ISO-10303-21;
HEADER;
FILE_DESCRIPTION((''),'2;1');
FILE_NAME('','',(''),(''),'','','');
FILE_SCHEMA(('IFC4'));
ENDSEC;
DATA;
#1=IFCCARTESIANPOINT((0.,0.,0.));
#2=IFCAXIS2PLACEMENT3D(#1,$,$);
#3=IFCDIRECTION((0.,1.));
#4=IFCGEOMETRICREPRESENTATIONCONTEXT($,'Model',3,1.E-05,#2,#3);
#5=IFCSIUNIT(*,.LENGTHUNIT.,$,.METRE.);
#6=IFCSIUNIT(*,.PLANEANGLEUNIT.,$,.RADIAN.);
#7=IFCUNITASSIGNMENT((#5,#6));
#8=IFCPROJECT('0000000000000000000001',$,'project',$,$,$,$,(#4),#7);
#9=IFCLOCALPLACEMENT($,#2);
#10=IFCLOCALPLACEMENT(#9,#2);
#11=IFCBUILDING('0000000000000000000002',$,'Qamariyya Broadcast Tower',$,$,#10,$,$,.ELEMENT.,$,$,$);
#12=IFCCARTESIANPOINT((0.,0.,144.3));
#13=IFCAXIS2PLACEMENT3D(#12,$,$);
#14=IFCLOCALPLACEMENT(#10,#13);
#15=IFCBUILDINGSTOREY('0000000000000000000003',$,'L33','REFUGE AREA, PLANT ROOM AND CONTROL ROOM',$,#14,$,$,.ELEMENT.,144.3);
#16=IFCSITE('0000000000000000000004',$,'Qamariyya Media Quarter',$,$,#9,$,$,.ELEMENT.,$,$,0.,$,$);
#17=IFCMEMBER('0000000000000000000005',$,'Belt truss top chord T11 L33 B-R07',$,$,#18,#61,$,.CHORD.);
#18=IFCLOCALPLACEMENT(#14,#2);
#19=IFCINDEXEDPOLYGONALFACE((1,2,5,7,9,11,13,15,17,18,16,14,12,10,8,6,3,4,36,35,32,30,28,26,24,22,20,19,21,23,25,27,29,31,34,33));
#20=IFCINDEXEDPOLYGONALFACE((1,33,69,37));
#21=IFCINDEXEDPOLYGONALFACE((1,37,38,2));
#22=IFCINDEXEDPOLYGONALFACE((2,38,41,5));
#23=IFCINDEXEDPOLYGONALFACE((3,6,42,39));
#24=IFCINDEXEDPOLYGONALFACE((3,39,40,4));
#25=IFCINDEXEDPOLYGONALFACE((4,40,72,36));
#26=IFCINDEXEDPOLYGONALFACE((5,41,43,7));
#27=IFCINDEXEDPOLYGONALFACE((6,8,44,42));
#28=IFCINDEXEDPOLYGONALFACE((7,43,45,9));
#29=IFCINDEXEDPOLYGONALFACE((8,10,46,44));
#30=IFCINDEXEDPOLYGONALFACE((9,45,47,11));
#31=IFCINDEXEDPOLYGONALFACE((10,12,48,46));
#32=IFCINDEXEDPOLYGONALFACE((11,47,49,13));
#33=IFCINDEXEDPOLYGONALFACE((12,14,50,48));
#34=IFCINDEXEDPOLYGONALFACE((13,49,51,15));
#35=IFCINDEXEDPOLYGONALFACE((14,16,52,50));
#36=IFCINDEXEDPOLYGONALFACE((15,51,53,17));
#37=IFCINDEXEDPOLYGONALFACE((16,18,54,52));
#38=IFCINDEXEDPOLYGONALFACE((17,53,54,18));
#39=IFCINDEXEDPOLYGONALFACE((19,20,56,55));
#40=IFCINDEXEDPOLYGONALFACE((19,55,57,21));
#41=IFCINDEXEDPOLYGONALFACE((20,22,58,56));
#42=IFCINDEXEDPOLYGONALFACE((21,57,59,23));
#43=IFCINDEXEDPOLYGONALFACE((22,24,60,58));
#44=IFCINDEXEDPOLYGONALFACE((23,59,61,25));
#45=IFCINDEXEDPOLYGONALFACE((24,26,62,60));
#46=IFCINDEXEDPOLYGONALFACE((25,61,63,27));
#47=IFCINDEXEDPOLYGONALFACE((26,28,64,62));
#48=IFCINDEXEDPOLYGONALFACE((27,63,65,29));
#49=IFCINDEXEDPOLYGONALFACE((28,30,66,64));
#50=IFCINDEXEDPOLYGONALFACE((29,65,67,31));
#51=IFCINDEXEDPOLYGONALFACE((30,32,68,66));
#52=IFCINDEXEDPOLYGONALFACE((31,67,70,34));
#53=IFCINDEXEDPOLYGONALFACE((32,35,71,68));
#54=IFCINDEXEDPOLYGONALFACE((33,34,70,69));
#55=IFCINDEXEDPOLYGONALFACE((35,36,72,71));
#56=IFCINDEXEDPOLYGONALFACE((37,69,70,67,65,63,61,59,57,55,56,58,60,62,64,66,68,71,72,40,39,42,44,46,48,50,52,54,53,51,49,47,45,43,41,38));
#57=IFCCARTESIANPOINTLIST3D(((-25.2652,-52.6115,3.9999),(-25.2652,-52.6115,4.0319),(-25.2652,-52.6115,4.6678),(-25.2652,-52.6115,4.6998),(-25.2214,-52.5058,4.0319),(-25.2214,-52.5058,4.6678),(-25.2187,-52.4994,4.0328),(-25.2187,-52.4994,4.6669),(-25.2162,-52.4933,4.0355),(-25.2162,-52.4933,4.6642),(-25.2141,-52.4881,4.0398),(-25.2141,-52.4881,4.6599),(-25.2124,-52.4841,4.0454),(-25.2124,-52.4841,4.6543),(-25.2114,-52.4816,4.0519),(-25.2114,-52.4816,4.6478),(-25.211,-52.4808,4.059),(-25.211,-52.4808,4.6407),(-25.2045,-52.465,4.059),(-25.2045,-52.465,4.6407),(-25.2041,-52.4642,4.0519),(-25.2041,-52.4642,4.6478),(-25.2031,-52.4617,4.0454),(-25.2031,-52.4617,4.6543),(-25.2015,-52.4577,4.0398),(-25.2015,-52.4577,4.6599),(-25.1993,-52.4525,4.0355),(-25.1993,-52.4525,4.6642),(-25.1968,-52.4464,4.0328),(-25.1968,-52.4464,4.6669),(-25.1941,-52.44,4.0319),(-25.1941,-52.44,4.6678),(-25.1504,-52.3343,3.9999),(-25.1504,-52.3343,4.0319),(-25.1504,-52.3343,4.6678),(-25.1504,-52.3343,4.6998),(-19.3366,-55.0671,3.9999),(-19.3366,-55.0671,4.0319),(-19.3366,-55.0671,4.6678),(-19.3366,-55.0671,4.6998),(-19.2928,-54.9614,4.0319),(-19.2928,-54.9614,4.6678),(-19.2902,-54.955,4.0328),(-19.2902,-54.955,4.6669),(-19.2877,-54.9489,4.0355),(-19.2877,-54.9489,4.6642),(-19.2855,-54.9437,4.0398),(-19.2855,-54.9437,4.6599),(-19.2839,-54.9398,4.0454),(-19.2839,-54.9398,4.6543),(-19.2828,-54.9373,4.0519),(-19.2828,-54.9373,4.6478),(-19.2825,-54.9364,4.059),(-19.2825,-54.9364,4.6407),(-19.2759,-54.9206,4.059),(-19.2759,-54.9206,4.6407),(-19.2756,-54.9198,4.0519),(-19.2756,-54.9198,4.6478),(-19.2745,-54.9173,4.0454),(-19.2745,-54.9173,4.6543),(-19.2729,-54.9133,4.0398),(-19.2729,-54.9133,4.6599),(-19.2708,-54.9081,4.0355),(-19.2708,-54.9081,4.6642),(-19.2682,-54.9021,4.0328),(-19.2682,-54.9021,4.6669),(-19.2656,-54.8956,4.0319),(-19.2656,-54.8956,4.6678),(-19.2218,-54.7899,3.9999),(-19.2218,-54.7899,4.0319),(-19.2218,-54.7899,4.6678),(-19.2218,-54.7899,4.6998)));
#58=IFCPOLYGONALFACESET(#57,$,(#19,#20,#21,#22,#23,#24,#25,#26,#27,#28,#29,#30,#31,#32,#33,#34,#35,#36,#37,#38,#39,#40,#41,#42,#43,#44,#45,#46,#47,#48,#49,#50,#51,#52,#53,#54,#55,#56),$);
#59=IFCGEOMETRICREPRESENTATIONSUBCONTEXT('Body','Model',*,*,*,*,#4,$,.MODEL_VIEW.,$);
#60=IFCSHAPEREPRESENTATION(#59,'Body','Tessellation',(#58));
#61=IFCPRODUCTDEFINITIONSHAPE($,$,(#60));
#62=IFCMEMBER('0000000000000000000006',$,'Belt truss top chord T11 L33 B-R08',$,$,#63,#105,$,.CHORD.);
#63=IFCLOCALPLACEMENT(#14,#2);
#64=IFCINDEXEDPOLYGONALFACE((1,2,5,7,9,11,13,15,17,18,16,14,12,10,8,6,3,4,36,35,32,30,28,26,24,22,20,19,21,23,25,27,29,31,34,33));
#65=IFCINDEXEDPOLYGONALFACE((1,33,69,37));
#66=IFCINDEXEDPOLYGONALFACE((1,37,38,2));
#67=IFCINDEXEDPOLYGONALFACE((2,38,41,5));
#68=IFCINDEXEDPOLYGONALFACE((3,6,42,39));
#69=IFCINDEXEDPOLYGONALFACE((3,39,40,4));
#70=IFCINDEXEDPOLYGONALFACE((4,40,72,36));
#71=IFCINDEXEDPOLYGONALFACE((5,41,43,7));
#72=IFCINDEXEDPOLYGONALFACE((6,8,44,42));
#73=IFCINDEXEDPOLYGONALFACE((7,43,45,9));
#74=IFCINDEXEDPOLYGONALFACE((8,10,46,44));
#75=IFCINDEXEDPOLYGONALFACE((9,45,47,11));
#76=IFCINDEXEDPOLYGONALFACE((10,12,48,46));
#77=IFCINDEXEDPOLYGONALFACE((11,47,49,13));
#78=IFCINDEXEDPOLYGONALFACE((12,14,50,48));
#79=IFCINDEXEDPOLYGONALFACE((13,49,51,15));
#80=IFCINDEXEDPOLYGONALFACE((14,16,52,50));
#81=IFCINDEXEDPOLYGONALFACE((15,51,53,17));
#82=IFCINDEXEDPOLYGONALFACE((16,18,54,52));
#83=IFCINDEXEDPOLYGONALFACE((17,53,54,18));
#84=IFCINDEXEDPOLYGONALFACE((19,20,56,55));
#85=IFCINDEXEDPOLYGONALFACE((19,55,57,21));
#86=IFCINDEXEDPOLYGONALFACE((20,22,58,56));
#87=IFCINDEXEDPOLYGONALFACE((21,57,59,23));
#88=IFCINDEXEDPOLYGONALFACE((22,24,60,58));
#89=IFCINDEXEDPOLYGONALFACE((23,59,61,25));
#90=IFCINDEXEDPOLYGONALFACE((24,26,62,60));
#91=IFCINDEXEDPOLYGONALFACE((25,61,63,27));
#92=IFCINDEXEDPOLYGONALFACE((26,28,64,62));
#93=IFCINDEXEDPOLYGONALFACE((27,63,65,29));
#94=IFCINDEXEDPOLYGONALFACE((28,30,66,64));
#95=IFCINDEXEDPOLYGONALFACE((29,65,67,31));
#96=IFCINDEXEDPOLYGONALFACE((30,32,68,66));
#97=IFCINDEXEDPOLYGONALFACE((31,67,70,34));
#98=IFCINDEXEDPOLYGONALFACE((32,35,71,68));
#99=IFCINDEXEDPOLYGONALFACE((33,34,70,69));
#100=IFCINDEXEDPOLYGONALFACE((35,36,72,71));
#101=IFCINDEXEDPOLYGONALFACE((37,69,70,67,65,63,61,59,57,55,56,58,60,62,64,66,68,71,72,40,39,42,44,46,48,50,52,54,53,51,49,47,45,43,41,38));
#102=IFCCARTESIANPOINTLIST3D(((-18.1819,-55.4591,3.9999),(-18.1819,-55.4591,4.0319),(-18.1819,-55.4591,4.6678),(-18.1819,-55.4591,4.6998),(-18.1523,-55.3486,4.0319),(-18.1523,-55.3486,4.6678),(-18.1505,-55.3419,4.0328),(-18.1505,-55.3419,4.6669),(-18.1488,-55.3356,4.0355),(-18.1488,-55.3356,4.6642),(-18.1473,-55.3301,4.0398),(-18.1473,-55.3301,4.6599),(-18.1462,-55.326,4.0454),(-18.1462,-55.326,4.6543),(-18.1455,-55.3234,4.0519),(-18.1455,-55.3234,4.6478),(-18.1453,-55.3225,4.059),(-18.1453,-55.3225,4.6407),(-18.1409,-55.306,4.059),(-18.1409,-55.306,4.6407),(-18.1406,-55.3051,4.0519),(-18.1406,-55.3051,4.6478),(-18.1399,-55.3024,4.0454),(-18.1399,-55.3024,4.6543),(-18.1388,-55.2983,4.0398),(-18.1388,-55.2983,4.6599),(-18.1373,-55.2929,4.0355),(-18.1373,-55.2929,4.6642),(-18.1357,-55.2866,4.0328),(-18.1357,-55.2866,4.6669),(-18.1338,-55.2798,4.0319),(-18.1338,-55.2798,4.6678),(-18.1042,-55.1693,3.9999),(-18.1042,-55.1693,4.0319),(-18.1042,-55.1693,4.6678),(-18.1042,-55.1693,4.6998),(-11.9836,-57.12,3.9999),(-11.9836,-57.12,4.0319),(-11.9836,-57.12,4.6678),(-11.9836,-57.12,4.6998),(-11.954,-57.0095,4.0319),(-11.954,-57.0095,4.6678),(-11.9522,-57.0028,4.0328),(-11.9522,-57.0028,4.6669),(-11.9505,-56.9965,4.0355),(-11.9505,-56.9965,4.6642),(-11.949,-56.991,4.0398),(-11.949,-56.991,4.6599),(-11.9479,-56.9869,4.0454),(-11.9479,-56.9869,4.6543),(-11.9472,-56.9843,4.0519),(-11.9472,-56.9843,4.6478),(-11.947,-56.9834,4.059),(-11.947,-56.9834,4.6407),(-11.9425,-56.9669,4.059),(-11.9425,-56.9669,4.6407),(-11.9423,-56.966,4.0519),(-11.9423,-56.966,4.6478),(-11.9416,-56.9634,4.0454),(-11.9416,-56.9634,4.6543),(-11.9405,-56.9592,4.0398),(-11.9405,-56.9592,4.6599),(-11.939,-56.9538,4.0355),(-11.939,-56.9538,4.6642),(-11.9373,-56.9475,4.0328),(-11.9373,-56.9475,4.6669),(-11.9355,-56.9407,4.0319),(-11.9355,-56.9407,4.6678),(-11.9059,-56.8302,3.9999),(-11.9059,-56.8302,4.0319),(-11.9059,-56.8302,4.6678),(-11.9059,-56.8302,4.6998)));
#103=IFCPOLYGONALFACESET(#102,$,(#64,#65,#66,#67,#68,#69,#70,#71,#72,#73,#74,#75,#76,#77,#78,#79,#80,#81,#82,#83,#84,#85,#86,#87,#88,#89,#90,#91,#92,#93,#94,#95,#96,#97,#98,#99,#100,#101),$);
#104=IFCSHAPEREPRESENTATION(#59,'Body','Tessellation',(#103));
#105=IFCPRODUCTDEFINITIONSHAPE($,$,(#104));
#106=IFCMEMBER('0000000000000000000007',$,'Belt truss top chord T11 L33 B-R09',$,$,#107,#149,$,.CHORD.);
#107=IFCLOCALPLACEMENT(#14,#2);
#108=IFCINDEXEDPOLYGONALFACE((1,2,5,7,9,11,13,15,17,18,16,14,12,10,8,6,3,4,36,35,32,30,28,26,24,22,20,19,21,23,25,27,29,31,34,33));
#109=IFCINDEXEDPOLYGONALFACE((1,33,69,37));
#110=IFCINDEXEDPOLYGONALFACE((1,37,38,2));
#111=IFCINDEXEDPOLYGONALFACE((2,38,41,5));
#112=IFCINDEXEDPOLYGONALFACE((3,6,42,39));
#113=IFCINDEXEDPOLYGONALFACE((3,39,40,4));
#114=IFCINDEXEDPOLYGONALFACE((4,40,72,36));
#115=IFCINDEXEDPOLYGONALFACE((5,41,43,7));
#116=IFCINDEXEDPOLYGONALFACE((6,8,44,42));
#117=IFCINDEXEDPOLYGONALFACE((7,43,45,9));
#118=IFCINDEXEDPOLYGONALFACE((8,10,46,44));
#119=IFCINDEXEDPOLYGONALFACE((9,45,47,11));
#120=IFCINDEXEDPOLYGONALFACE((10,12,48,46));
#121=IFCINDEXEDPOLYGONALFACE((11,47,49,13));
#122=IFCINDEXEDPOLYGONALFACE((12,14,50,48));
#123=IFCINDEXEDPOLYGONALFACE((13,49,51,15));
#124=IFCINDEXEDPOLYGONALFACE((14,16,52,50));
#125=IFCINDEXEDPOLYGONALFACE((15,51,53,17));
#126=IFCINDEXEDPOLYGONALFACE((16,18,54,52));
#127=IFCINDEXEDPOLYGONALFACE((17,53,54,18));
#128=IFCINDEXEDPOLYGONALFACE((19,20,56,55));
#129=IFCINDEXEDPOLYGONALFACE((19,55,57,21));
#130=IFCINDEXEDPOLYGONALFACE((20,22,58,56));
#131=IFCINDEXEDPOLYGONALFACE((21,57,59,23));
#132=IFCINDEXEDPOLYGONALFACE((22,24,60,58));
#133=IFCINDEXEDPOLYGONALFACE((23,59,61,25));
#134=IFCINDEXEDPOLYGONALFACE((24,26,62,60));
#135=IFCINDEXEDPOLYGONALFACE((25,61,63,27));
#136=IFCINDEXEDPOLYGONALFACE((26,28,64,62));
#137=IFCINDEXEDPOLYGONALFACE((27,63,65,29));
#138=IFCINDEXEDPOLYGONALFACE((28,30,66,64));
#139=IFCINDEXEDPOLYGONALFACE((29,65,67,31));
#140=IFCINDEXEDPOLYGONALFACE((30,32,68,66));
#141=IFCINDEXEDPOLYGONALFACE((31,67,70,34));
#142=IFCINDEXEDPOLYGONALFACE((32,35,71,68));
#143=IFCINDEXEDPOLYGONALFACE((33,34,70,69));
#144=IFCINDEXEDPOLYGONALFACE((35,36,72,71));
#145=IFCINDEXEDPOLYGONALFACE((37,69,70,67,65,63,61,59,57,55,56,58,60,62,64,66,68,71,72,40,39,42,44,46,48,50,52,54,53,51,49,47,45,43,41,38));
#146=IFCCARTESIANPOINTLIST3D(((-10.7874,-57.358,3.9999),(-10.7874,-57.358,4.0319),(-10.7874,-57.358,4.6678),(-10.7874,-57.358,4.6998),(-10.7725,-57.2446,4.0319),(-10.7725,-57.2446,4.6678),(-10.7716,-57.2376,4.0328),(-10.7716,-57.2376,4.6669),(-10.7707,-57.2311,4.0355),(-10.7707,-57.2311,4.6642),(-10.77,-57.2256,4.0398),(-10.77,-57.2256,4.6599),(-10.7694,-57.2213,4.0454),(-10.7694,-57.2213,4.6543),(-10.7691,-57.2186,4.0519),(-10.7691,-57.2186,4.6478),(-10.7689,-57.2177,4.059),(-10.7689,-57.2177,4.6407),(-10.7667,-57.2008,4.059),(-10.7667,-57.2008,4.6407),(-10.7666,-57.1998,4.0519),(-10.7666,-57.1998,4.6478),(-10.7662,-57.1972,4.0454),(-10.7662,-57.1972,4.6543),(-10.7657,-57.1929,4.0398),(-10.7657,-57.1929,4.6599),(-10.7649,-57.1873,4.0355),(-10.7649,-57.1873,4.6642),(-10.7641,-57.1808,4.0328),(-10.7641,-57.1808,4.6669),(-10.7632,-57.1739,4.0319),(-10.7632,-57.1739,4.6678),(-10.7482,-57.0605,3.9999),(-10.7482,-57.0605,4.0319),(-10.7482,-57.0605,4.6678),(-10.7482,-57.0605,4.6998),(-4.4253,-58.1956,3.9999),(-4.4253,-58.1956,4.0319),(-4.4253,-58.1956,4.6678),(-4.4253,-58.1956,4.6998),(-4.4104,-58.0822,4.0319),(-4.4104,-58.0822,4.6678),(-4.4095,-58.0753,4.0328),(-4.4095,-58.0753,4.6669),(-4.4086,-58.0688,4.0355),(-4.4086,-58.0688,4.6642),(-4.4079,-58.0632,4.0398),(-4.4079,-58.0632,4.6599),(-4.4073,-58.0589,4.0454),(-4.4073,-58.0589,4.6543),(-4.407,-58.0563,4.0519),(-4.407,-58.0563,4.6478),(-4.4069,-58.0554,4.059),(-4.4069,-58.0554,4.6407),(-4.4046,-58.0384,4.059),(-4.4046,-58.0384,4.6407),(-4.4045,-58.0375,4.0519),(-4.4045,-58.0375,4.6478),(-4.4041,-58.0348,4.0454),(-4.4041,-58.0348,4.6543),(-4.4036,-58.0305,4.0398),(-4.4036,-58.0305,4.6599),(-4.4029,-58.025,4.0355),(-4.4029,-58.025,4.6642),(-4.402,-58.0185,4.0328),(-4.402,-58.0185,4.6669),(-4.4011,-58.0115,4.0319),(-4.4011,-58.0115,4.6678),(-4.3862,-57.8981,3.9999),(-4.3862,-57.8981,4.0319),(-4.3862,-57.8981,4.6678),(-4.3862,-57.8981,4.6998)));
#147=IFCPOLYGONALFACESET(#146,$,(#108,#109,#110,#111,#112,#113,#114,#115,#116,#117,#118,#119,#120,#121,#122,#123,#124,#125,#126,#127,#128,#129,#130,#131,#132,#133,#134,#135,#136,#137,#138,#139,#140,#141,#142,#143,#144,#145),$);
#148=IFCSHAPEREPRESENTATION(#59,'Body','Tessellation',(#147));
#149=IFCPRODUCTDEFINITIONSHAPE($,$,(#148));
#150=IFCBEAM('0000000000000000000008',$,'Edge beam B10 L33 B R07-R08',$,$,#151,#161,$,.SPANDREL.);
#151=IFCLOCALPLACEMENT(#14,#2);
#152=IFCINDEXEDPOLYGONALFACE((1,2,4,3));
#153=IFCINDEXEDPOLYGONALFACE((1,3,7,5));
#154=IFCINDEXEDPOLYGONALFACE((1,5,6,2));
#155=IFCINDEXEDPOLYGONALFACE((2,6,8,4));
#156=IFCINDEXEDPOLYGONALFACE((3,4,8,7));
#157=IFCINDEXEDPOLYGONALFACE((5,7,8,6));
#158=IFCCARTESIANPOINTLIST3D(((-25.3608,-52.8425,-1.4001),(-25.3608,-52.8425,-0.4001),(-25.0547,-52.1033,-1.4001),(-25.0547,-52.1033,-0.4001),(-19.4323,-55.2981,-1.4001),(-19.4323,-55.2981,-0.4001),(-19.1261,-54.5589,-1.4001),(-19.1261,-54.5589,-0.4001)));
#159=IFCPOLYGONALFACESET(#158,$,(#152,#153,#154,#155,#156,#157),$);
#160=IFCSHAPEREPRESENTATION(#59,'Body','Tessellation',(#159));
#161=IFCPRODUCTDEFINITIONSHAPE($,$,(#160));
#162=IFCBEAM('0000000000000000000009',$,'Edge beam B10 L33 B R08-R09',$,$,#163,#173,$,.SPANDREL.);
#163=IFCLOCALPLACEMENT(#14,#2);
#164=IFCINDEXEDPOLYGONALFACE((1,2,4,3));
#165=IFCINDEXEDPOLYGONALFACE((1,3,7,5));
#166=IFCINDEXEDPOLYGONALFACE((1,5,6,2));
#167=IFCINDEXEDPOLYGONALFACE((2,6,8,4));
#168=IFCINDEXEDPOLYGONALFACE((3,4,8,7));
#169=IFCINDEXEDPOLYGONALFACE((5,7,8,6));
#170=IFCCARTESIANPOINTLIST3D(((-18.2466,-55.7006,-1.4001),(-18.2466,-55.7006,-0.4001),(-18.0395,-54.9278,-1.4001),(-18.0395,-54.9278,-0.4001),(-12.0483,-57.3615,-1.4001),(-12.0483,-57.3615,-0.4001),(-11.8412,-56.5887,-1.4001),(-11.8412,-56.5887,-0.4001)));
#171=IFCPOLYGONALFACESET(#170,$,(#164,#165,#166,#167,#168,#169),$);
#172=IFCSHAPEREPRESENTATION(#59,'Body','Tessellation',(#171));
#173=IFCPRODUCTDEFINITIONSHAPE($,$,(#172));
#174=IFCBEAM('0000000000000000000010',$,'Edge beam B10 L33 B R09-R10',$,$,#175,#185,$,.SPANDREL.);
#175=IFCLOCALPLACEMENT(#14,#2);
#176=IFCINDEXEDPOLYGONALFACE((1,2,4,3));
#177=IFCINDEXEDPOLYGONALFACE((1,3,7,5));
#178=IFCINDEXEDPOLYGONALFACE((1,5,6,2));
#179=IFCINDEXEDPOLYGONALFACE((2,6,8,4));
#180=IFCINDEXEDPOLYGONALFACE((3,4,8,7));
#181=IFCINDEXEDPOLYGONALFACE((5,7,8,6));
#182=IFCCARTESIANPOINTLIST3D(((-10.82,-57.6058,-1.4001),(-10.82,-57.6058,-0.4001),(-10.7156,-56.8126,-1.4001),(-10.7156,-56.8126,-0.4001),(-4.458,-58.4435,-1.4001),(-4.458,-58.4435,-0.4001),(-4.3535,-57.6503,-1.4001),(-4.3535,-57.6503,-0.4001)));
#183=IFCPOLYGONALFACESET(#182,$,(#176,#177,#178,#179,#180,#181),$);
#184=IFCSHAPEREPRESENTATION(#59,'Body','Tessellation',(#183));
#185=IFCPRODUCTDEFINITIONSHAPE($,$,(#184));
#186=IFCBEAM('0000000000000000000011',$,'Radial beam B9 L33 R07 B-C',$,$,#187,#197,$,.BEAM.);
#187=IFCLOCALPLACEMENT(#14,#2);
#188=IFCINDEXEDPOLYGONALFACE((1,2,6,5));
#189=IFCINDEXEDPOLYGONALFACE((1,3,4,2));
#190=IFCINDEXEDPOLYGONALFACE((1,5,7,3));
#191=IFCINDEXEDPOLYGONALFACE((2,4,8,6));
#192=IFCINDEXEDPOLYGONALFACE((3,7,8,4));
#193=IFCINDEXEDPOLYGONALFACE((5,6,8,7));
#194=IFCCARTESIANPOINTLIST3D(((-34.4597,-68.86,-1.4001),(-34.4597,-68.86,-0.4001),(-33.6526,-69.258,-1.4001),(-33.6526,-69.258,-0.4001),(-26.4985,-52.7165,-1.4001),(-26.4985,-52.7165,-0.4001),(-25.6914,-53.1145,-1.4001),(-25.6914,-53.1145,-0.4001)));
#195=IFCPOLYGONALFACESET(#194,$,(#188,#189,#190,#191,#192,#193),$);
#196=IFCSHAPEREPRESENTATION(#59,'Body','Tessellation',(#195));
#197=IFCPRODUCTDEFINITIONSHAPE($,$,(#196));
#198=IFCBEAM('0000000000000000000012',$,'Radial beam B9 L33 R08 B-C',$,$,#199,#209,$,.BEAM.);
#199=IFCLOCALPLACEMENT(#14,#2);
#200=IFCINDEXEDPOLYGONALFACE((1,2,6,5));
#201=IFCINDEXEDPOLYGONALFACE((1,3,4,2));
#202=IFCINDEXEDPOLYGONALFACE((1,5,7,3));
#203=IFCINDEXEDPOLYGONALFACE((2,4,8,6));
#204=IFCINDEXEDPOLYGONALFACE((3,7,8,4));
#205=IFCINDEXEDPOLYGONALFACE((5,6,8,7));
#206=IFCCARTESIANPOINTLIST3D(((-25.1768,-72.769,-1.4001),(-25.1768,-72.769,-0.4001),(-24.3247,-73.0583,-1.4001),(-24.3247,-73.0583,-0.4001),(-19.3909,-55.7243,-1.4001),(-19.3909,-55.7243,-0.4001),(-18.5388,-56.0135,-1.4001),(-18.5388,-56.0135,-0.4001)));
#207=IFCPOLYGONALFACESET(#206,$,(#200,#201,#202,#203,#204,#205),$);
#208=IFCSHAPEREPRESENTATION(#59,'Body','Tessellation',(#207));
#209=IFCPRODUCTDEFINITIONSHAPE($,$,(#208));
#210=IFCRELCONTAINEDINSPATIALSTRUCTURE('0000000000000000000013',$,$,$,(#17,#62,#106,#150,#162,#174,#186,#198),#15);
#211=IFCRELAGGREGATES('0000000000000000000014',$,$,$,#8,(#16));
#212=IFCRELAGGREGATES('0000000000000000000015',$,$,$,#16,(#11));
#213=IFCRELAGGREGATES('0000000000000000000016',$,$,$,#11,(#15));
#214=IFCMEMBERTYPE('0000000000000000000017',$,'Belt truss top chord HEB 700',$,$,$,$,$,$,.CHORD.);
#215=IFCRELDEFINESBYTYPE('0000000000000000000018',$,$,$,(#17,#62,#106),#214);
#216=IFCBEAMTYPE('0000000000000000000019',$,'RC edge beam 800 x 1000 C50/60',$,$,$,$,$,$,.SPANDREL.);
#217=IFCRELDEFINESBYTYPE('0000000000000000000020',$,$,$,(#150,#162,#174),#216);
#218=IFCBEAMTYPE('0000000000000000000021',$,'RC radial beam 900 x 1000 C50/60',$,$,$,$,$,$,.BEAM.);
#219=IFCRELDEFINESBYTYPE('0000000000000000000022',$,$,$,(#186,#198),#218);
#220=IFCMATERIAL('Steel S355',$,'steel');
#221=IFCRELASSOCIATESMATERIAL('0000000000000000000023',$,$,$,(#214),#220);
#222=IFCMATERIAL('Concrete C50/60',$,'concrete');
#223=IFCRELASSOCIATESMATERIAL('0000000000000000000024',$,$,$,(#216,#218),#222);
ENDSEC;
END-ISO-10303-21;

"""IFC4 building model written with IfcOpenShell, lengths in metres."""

from ifc_helpers import new_model, si_unit, direction, frame, origin, origin_2d, place, context, subcontext, project, spatial, rectangle, i_section, extrude, material, material_profile, profile_set, type_object, element, save


model = new_model("IFC4")

# Units and contexts
model_context = context("Model", 3, precision=1e-05, world=origin(), true_north=direction((0.0, 1.0)))
body_context = subcontext(model_context, "Body", "Model", "MODEL_VIEW")
ifc_project = project(units=[si_unit("LENGTHUNIT", "METRE"), si_unit("PLANEANGLEUNIT", "RADIAN")], contexts=[model_context])

# Site, building, storey
site_placement = place(None, origin())
site = spatial("IfcSite", under=ifc_project, at=site_placement, Name="Qamariyya Media Quarter", CompositionType="ELEMENT", RefElevation=0.0)
building_placement = place(site_placement, origin())
building = spatial("IfcBuilding", under=site, at=building_placement, Name="Qamariyya Broadcast Tower", CompositionType="ELEMENT")
storey_placement = place(building_placement, frame((0.0, 0.0, 144.3)))
storey = spatial("IfcBuildingStorey", under=building, at=storey_placement, Name="L33", Description="REFUGE AREA, PLANT ROOM AND CONTROL ROOM", CompositionType="ELEMENT", Elevation=144.3)

# Members
ifc_material_1 = material(Name="Steel S355", Category="steel")
ifc_material_profile_1 = material_profile(ifc_material_1, i_section(OverallWidth=0.3, OverallDepth=0.7, WebThickness=0.0171, FlangeThickness=0.032, FilletRadius=0.0271, at=origin_2d()))
ifc_profile_set_1 = profile_set([ifc_material_profile_1], Name="Steel S355")
member_type_1 = type_object("IfcMemberType", Name="Belt truss top chord HEB 700", PredefinedType="CHORD", material=ifc_profile_set_1)
for number, where, z_axis, x_axis, name in (
    (1, (-25.2078, -52.4729, 4.3499), (0.923884, -0.382672, 0.0), (0.382672, 0.923884, 0.0), "Belt truss top chord T11 L33 B-R07"),
    (2, (-18.1431, -55.3142, 4.3499), (0.965923, -0.25883, 0.0), (0.25883, 0.965923, 0.0), "Belt truss top chord T11 L33 B-R08"),
    (3, (-10.7678, -57.2092, 4.3499), (0.991444, -0.130536, 0.0), (0.130536, 0.991444, 0.0), "Belt truss top chord T11 L33 B-R09"),
):
    element("IfcMember", number, at=place(storey_placement, frame(where, z_axis=z_axis, x_axis=x_axis)), inside=storey, type_object=member_type_1, Name=name, PredefinedType="CHORD", context=body_context, shape_type="SweptSolid", body=[
        extrude(i_section(OverallWidth=0.3, OverallDepth=0.7, WebThickness=0.0171, FlangeThickness=0.032, FilletRadius=0.0271, at=origin_2d()), origin(), (0.0, 0.0, 1.0), 6.417),
    ])

# Beams
ifc_material_2 = material(Name="Concrete C50/60", Category="concrete")
ifc_material_profile_2 = material_profile(ifc_material_2, rectangle(XDim=0.8, YDim=1.0, at=origin_2d()))
ifc_profile_set_2 = profile_set([ifc_material_profile_2], Name="Concrete C50/60")
beam_type_1 = type_object("IfcBeamType", Name="RC edge beam 800 x 1000 C50/60", PredefinedType="SPANDREL", material=ifc_profile_set_2)
for number, where, z_axis, x_axis, name in (
    (4, (-25.2078, -52.4729, -0.9001), (0.923884, -0.382672, 0.0), (0.382672, 0.923884, 0.0), "Edge beam B10 L33 B R07-R08"),
    (5, (-18.1431, -55.3142, -0.9001), (0.965923, -0.25883, 0.0), (0.25883, 0.965923, 0.0), "Edge beam B10 L33 B R08-R09"),
    (6, (-10.7678, -57.2092, -0.9001), (0.991444, -0.130536, 0.0), (0.130536, 0.991444, 0.0), "Edge beam B10 L33 B R09-R10"),
):
    element("IfcBeam", number, at=place(storey_placement, frame(where, z_axis=z_axis, x_axis=x_axis)), inside=storey, type_object=beam_type_1, Name=name, PredefinedType="SPANDREL", context=body_context, shape_type="SweptSolid", body=[
        extrude(rectangle(XDim=0.8, YDim=1.0, at=origin_2d()), origin(), (0.0, 0.0, 1.0), 6.417),
    ])
ifc_material_profile_3 = material_profile(ifc_material_2, rectangle(XDim=0.8999, YDim=1.0, at=origin_2d()))
ifc_profile_set_3 = profile_set([ifc_material_profile_3], Name="Concrete C50/60")
beam_type_2 = type_object("IfcBeamType", Name="RC radial beam 900 x 1000 C50/60", PredefinedType="BEAM", material=ifc_profile_set_3)
beam_1_placement = place(storey_placement, frame((-26.095, -52.9155, -0.9001), z_axis=(-0.442291, -0.896871, 0.0), x_axis=(0.896871, -0.442291, 0.0)))
element("IfcBeam", 7, at=beam_1_placement, inside=storey, type_object=beam_type_2, Name="Radial beam B9 L33 R07 B-C", PredefinedType="BEAM", context=body_context, shape_type="SweptSolid", body=[
    extrude(rectangle(XDim=0.8999, YDim=1.0, at=origin_2d()), origin(), (0.0, 0.0, 1.0), 17.9998),
])
beam_2_placement = place(storey_placement, frame((-18.9648, -55.8689, -0.9001), z_axis=(-0.321439, -0.94693, 0.0), x_axis=(0.94693, -0.321439, 0.0)))
element("IfcBeam", 8, at=beam_2_placement, inside=storey, type_object=beam_type_2, Name="Radial beam B9 L33 R08 B-C", PredefinedType="BEAM", context=body_context, shape_type="SweptSolid", body=[
    extrude(rectangle(XDim=0.8999, YDim=1.0, at=origin_2d()), origin(), (0.0, 0.0, 1.0), 18.0),
])

save(model, "model.ifc")
